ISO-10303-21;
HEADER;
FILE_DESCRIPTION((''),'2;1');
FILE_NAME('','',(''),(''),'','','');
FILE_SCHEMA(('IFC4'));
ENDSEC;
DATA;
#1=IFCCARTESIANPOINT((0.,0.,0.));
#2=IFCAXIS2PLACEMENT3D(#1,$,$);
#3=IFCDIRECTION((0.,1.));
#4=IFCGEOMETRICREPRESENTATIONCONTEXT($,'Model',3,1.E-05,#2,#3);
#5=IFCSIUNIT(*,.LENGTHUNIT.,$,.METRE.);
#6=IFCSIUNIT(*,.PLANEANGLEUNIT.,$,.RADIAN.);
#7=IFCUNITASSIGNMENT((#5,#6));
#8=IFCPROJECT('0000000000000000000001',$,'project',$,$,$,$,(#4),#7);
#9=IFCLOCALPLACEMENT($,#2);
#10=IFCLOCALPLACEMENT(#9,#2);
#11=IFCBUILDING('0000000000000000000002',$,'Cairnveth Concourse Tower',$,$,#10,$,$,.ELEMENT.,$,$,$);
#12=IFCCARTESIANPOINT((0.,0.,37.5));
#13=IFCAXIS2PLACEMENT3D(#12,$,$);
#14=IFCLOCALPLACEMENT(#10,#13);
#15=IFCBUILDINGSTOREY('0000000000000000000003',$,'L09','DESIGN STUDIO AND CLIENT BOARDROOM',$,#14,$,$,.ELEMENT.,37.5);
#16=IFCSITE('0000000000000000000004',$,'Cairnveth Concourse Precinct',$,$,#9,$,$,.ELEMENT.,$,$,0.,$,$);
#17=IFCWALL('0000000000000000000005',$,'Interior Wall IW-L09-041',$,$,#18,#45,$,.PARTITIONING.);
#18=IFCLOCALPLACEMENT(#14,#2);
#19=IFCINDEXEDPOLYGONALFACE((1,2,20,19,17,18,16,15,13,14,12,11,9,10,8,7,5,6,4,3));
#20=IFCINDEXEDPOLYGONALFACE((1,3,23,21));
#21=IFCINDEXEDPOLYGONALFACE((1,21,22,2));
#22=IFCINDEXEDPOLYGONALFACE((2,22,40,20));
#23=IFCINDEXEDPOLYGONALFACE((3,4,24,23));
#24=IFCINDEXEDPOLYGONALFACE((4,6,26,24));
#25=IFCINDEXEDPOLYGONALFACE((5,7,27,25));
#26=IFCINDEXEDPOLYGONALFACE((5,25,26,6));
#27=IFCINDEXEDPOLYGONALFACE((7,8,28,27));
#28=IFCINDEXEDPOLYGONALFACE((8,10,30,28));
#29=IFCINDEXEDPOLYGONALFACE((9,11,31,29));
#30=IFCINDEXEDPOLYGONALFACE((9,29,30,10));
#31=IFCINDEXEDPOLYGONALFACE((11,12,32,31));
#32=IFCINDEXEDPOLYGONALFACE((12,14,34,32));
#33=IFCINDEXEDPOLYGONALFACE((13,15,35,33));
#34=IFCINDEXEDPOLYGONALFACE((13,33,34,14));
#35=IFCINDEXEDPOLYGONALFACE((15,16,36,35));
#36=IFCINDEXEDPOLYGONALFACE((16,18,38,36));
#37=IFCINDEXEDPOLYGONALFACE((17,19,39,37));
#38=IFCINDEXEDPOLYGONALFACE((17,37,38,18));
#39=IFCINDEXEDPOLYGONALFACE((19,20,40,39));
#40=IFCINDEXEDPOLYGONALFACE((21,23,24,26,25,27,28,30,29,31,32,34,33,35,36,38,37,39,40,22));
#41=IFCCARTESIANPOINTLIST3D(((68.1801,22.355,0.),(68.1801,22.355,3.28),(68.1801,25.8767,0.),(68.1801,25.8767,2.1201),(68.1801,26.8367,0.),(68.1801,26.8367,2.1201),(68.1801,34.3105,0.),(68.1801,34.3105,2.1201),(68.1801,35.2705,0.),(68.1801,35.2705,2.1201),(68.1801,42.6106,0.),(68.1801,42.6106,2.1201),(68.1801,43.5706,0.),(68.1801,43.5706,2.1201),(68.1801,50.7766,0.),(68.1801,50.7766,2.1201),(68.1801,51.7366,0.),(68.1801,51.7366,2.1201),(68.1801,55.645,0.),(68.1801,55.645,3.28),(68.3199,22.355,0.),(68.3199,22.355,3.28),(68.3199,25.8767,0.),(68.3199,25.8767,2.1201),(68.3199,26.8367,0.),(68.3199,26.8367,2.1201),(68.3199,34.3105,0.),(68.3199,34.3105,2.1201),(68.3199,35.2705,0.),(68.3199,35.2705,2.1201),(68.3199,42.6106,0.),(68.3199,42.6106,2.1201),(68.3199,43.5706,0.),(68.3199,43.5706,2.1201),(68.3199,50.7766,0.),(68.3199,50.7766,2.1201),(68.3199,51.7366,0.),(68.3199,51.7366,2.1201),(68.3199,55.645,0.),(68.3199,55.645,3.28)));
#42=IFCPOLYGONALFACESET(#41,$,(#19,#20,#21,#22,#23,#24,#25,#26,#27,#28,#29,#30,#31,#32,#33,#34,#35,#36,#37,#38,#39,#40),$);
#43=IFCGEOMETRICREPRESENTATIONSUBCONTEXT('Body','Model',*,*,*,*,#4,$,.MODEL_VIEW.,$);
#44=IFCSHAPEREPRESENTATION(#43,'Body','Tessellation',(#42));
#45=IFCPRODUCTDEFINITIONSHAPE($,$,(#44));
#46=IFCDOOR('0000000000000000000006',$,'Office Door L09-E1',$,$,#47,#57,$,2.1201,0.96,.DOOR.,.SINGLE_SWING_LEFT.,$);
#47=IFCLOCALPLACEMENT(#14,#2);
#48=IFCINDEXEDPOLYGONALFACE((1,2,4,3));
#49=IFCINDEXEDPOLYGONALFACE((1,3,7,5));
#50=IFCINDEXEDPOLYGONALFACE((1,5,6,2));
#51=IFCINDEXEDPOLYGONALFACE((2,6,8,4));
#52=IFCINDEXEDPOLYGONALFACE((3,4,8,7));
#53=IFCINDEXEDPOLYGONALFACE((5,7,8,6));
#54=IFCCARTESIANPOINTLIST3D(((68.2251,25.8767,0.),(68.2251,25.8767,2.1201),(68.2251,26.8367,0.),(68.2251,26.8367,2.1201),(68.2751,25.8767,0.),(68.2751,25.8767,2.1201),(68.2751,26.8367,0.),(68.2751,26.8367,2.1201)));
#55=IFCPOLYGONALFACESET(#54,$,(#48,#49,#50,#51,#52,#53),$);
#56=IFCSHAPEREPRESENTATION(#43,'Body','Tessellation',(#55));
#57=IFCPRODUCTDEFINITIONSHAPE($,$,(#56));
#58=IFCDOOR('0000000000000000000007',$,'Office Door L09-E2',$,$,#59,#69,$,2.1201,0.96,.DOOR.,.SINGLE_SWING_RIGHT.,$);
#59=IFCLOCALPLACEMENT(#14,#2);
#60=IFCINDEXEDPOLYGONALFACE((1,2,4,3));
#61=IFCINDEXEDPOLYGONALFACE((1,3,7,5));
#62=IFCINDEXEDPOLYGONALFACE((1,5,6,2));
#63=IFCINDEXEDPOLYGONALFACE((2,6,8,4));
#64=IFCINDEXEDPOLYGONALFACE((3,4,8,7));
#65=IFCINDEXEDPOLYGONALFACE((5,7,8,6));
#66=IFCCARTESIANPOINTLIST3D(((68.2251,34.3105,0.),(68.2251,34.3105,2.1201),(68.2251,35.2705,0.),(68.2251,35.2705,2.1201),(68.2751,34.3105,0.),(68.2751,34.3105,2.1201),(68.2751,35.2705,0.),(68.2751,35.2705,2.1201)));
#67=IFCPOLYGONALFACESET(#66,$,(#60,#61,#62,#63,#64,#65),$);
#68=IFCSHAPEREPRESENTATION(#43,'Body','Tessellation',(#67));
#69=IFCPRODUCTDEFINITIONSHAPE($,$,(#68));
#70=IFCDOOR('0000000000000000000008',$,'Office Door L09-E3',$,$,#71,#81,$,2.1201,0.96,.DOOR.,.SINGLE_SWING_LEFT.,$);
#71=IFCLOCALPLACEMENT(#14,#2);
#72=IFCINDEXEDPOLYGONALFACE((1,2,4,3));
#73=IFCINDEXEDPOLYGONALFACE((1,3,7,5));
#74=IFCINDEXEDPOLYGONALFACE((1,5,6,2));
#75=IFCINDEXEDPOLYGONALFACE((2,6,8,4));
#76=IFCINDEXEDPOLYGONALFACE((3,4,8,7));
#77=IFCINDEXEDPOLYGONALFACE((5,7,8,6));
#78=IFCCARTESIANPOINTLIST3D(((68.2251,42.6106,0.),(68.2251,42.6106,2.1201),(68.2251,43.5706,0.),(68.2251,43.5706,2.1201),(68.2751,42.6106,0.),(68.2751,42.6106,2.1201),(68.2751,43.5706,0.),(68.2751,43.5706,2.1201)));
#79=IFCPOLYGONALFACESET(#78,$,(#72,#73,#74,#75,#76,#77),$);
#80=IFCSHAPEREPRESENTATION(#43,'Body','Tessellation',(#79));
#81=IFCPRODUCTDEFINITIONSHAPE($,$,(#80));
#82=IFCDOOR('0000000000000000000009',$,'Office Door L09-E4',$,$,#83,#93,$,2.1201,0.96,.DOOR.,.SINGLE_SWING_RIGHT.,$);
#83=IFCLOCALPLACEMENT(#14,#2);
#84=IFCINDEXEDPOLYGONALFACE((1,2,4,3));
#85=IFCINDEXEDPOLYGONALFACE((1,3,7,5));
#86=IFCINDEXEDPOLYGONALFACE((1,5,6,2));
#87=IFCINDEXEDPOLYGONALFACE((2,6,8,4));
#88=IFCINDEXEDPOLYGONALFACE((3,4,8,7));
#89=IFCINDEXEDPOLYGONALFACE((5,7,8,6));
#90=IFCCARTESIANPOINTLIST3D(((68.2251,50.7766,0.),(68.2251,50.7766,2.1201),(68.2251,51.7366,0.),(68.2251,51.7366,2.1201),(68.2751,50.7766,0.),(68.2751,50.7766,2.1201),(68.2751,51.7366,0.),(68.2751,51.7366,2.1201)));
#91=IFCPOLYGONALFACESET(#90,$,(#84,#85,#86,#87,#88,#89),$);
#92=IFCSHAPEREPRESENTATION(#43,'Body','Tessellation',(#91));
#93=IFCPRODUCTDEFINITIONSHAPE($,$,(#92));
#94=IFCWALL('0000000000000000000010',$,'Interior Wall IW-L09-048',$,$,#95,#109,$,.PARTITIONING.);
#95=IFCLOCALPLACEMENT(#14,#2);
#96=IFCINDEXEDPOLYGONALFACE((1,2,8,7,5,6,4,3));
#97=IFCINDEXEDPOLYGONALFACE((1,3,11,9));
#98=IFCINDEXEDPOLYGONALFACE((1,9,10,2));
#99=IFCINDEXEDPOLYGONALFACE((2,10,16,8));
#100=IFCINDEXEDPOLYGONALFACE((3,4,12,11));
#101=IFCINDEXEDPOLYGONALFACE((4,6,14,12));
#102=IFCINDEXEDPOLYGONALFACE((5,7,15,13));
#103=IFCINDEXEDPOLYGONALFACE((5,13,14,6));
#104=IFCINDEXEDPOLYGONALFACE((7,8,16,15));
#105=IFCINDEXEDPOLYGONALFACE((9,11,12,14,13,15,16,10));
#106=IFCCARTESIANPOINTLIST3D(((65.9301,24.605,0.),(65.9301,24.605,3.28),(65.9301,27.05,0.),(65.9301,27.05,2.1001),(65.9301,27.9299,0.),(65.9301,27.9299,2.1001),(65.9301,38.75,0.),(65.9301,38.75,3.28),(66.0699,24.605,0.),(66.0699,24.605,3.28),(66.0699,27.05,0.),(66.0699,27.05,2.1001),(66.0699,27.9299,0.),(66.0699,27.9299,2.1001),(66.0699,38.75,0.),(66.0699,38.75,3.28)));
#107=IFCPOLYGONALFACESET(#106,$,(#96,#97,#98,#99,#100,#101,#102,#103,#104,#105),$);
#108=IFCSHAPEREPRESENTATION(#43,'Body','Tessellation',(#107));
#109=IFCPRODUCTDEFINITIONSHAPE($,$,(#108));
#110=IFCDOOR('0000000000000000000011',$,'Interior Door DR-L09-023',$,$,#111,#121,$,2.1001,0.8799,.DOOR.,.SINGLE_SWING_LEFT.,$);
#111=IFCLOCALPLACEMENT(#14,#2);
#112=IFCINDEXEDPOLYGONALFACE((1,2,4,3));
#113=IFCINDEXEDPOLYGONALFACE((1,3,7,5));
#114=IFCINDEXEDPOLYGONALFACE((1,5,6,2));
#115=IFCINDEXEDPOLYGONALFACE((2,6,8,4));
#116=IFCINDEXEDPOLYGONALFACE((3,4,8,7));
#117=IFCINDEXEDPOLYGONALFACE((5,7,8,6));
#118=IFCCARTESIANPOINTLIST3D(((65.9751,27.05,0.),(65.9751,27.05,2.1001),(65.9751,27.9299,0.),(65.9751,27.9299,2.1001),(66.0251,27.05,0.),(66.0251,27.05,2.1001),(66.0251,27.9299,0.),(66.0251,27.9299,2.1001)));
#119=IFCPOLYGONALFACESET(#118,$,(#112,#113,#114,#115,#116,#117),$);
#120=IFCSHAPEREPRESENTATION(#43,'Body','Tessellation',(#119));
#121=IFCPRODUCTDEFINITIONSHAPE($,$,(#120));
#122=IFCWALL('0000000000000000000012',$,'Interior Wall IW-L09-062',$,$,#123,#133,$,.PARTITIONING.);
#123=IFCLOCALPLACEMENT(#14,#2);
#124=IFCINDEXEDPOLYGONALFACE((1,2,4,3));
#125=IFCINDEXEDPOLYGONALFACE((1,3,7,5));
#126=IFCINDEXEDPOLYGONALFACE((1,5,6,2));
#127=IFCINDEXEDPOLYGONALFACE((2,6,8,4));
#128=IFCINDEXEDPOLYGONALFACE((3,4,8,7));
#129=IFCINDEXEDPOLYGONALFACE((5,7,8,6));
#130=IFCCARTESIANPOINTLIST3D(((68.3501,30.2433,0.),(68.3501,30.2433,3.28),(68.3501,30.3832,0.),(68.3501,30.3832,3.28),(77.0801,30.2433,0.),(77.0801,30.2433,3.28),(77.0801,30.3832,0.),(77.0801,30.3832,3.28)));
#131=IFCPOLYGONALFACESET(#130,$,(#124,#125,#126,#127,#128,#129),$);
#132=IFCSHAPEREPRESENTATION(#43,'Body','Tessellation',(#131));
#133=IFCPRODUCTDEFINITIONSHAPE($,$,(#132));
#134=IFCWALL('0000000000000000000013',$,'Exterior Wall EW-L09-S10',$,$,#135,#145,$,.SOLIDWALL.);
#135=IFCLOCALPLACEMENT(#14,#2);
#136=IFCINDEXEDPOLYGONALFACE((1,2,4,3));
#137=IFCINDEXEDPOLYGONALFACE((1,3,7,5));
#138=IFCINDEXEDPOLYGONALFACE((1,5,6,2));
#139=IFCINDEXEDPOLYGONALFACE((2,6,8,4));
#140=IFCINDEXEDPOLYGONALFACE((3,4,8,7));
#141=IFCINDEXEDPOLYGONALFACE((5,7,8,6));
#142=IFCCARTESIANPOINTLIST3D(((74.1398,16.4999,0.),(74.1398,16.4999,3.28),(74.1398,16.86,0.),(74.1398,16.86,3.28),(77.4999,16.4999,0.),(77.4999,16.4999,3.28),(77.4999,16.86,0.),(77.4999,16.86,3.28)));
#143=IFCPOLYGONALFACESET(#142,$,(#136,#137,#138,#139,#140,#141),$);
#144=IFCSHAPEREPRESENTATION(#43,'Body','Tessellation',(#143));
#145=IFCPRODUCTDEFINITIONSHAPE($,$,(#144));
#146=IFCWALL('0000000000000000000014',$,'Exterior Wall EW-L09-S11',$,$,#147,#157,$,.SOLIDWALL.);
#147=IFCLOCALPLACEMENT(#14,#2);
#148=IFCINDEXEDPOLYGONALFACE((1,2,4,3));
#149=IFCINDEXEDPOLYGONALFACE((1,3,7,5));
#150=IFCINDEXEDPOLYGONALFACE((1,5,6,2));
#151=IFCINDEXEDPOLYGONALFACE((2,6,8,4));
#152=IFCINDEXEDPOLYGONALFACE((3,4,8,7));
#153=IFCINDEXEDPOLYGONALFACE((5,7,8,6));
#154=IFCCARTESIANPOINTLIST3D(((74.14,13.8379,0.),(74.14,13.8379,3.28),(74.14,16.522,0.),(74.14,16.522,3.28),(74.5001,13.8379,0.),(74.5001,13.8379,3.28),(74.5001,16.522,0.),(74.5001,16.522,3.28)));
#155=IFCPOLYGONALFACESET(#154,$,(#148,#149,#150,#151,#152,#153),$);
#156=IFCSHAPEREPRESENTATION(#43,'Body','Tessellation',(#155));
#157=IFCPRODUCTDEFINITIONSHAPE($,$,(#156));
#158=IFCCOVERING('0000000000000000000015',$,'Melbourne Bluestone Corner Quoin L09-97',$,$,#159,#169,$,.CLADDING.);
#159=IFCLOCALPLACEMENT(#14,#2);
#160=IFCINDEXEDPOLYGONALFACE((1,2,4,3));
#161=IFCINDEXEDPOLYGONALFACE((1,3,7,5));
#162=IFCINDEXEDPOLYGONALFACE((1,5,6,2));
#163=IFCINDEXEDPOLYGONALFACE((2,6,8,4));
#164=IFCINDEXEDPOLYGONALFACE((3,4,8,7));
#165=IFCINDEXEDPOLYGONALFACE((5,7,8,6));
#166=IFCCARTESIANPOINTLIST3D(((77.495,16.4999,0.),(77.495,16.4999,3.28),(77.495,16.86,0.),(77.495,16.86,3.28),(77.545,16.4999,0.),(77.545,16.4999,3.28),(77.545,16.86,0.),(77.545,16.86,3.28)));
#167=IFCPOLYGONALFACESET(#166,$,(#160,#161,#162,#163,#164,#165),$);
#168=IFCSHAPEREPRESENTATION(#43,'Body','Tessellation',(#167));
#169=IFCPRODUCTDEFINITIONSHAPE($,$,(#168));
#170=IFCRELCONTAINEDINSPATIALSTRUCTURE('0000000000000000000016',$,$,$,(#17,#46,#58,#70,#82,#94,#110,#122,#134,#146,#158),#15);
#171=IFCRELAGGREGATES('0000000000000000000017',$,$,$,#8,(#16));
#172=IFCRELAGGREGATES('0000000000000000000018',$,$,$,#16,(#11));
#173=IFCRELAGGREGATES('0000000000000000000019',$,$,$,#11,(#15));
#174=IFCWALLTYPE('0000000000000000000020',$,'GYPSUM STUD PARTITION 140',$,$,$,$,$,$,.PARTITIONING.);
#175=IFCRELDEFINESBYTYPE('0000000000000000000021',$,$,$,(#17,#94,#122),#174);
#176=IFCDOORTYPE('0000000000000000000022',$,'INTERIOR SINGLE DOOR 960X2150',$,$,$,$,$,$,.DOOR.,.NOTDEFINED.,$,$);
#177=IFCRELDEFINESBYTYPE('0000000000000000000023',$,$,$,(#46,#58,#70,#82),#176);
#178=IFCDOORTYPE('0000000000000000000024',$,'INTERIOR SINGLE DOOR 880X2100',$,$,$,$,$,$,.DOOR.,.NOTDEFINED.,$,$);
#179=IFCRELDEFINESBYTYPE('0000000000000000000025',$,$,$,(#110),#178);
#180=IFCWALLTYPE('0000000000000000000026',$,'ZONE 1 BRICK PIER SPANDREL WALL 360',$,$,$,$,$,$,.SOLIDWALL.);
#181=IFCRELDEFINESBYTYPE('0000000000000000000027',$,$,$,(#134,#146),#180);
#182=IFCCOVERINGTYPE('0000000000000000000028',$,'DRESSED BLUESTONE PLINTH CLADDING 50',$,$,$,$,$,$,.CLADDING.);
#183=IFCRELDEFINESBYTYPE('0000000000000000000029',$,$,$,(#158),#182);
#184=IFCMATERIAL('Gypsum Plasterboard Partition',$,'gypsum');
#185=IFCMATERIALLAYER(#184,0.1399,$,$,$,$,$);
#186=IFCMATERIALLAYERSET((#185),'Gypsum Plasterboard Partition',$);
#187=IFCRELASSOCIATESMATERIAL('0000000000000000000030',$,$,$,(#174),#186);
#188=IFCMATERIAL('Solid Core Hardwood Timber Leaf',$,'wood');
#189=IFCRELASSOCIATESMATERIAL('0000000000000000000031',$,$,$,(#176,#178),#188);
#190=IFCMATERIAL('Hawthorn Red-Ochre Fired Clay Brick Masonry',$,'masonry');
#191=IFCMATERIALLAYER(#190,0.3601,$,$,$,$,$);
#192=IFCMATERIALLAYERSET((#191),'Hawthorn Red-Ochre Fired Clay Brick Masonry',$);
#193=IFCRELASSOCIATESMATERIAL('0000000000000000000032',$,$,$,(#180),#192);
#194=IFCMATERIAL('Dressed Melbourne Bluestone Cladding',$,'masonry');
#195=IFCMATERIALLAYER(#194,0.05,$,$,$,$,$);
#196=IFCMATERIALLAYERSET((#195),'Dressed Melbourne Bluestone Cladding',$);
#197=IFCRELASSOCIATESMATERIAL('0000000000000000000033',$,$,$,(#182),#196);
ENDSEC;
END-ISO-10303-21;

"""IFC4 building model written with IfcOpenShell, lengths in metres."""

from ifc_helpers import new_model, si_unit, direction, frame, frame_2d, origin, place, context, subcontext, project, spatial, rectangle, extrude, material, layer, layer_set, type_object, element, fill, save


model = new_model("IFC4")

# Units and contexts
model_context = context("Model", 3, precision=1e-05, world=origin(), true_north=direction((0.0, 1.0)))
body_context = subcontext(model_context, "Body", "Model", "MODEL_VIEW")
ifc_project = project(units=[si_unit("LENGTHUNIT", "METRE"), si_unit("PLANEANGLEUNIT", "RADIAN")], contexts=[model_context])

# Site, building, storey
site_placement = place(None, origin())
site = spatial("IfcSite", under=ifc_project, at=site_placement, Name="Cairnveth Concourse Precinct", CompositionType="ELEMENT", RefElevation=0.0)
building_placement = place(site_placement, origin())
building = spatial("IfcBuilding", under=site, at=building_placement, Name="Cairnveth Concourse Tower", CompositionType="ELEMENT")
storey_placement = place(building_placement, frame((0.0, 0.0, 37.5)))
storey = spatial("IfcBuildingStorey", under=building, at=storey_placement, Name="L09", Description="DESIGN STUDIO AND CLIENT BOARDROOM", CompositionType="ELEMENT", Elevation=37.5)

# Wall, openings, doors
ifc_material_1 = material(Name="Gypsum Plasterboard Partition", Category="gypsum")
ifc_layer_1 = layer(ifc_material_1, 0.1399)
ifc_layer_set_1 = layer_set([ifc_layer_1], Name="Gypsum Plasterboard Partition")
wall_type_1 = type_object("IfcWallType", Name="GYPSUM STUD PARTITION 140", PredefinedType="PARTITIONING", material=ifc_layer_set_1)
wall_1_placement = place(storey_placement, frame((68.25, 22.355, 0.0), z_axis=(0.0, 0.0, 1.0), x_axis=(0.0, 1.0, 0.0)))
wall_1 = element("IfcWall", 1, at=wall_1_placement, inside=storey, type_object=wall_type_1, Name="Interior Wall IW-L09-041", PredefinedType="PARTITIONING", context=body_context, shape_type="SweptSolid", body=[
    extrude(rectangle(XDim=33.29, YDim=0.1399, at=frame_2d((16.645, 0.0))), origin(), (0.0, 0.0, 1.0), 3.28),
])
opening_1_placement = place(wall_1_placement, frame((3.5217, 0.0, 0.0)))
opening_1 = element("IfcOpeningElement", 2, at=opening_1_placement, cuts=wall_1, PredefinedType="OPENING", context=body_context, shape_type="SweptSolid", body=[
    extrude(rectangle(XDim=0.96, YDim=2.1201, at=frame_2d((0.48, 1.0601))), frame((0.0, 0.0798, 0.0), z_axis=(0.0, -1.0, 0.0), x_axis=(1.0, 0.0, 0.0)), (0.0, 0.0, 1.0), 0.1599),
])
opening_2_placement = place(wall_1_placement, frame((11.9556, 0.0, 0.0)))
opening_2 = element("IfcOpeningElement", 3, at=opening_2_placement, cuts=wall_1, PredefinedType="OPENING", context=body_context, shape_type="SweptSolid", body=[
    extrude(rectangle(XDim=0.96, YDim=2.1201, at=frame_2d((0.48, 1.0601))), frame((0.0, 0.0798, 0.0), z_axis=(0.0, -1.0, 0.0), x_axis=(1.0, 0.0, 0.0)), (0.0, 0.0, 1.0), 0.1599),
])
opening_3_placement = place(wall_1_placement, frame((20.2556, 0.0, 0.0)))
opening_3 = element("IfcOpeningElement", 4, at=opening_3_placement, cuts=wall_1, PredefinedType="OPENING", context=body_context, shape_type="SweptSolid", body=[
    extrude(rectangle(XDim=0.96, YDim=2.1201, at=frame_2d((0.48, 1.0601))), frame((0.0, 0.0798, 0.0), z_axis=(0.0, -1.0, 0.0), x_axis=(1.0, 0.0, 0.0)), (0.0, 0.0, 1.0), 0.1599),
])
opening_4_placement = place(wall_1_placement, frame((28.4216, 0.0, 0.0)))
opening_4 = element("IfcOpeningElement", 5, at=opening_4_placement, cuts=wall_1, PredefinedType="OPENING", context=body_context, shape_type="SweptSolid", body=[
    extrude(rectangle(XDim=0.96, YDim=2.1201, at=frame_2d((0.48, 1.0601))), frame((0.0, 0.0798, 0.0), z_axis=(0.0, -1.0, 0.0), x_axis=(1.0, 0.0, 0.0)), (0.0, 0.0, 1.0), 0.1599),
])
ifc_material_2 = material(Name="Solid Core Hardwood Timber Leaf", Category="wood")
door_type_1 = type_object("IfcDoorType", Name="INTERIOR SINGLE DOOR 960X2150", OperationType="NOTDEFINED", PredefinedType="DOOR", material=ifc_material_2)
door_1_placement = place(opening_1_placement, origin())
door_1 = element("IfcDoor", 6, at=door_1_placement, inside=storey, type_object=door_type_1, Name="Office Door L09-E1", OperationType="SINGLE_SWING_LEFT", OverallHeight=2.1201, OverallWidth=0.96, PredefinedType="DOOR", context=body_context, shape_type="SweptSolid", body=[
    extrude(rectangle(XDim=0.96, YDim=2.1201, at=frame_2d((0.48, 1.0601))), frame((0.0, 0.0249, 0.0), z_axis=(0.0, -1.0, 0.0), x_axis=(1.0, 0.0, 0.0)), (0.0, 0.0, 1.0), 0.05),
])
fill(opening_1, door_1)
door_2_placement = place(opening_2_placement, origin())
door_2 = element("IfcDoor", 7, at=door_2_placement, inside=storey, type_object=door_type_1, Name="Office Door L09-E2", OperationType="SINGLE_SWING_RIGHT", OverallHeight=2.1201, OverallWidth=0.96, PredefinedType="DOOR", context=body_context, shape_type="SweptSolid", body=[
    extrude(rectangle(XDim=0.96, YDim=2.1201, at=frame_2d((0.48, 1.0601))), frame((0.0, 0.0249, 0.0), z_axis=(0.0, -1.0, 0.0), x_axis=(1.0, 0.0, 0.0)), (0.0, 0.0, 1.0), 0.05),
])
fill(opening_2, door_2)
door_3_placement = place(opening_3_placement, origin())
door_3 = element("IfcDoor", 8, at=door_3_placement, inside=storey, type_object=door_type_1, Name="Office Door L09-E3", OperationType="SINGLE_SWING_LEFT", OverallHeight=2.1201, OverallWidth=0.96, PredefinedType="DOOR", context=body_context, shape_type="SweptSolid", body=[
    extrude(rectangle(XDim=0.96, YDim=2.1201, at=frame_2d((0.48, 1.0601))), frame((0.0, 0.0249, 0.0), z_axis=(0.0, -1.0, 0.0), x_axis=(1.0, 0.0, 0.0)), (0.0, 0.0, 1.0), 0.05),
])
fill(opening_3, door_3)
door_4_placement = place(opening_4_placement, origin())
door_4 = element("IfcDoor", 9, at=door_4_placement, inside=storey, type_object=door_type_1, Name="Office Door L09-E4", OperationType="SINGLE_SWING_RIGHT", OverallHeight=2.1201, OverallWidth=0.96, PredefinedType="DOOR", context=body_context, shape_type="SweptSolid", body=[
    extrude(rectangle(XDim=0.96, YDim=2.1201, at=frame_2d((0.48, 1.0601))), frame((0.0, 0.0249, 0.0), z_axis=(0.0, -1.0, 0.0), x_axis=(1.0, 0.0, 0.0)), (0.0, 0.0, 1.0), 0.05),
])
fill(opening_4, door_4)

# Wall, opening, door
wall_2_placement = place(storey_placement, frame((66.0, 24.605, 0.0), z_axis=(0.0, 0.0, 1.0), x_axis=(0.0, 1.0, 0.0)))
wall_2 = element("IfcWall", 10, at=wall_2_placement, inside=storey, type_object=wall_type_1, Name="Interior Wall IW-L09-048", PredefinedType="PARTITIONING", context=body_context, shape_type="SweptSolid", body=[
    extrude(rectangle(XDim=14.145, YDim=0.1399, at=frame_2d((7.0725, 0.0))), origin(), (0.0, 0.0, 1.0), 3.28),
])
opening_5_placement = place(wall_2_placement, frame((2.4451, 0.0, 0.0)))
opening_5 = element("IfcOpeningElement", 11, at=opening_5_placement, cuts=wall_2, PredefinedType="OPENING", context=body_context, shape_type="SweptSolid", body=[
    extrude(rectangle(XDim=0.8799, YDim=2.1001, at=frame_2d((0.4399, 1.05))), frame((0.0, 0.0798, 0.0), z_axis=(0.0, -1.0, 0.0), x_axis=(1.0, 0.0, 0.0)), (0.0, 0.0, 1.0), 0.1599),
])
door_type_2 = type_object("IfcDoorType", Name="INTERIOR SINGLE DOOR 880X2100", OperationType="NOTDEFINED", PredefinedType="DOOR", material=ifc_material_2)
door_5_placement = place(opening_5_placement, origin())
door_5 = element("IfcDoor", 12, at=door_5_placement, inside=storey, type_object=door_type_2, Name="Interior Door DR-L09-023", OperationType="SINGLE_SWING_LEFT", OverallHeight=2.1001, OverallWidth=0.8799, PredefinedType="DOOR", context=body_context, shape_type="SweptSolid", body=[
    extrude(rectangle(XDim=0.8799, YDim=2.1001, at=frame_2d((0.4399, 1.05))), frame((0.0, 0.0249, 0.0), z_axis=(0.0, -1.0, 0.0), x_axis=(1.0, 0.0, 0.0)), (0.0, 0.0, 1.0), 0.05),
])
fill(opening_5, door_5)

# Walls
wall_3_placement = place(storey_placement, frame((68.3501, 30.3132, 0.0), z_axis=(0.0, 0.0, 1.0), x_axis=(1.0, 0.0, 0.0)))
element("IfcWall", 13, at=wall_3_placement, inside=storey, type_object=wall_type_1, Name="Interior Wall IW-L09-062", PredefinedType="PARTITIONING", context=body_context, shape_type="SweptSolid", body=[
    extrude(rectangle(XDim=8.73, YDim=0.1399, at=frame_2d((4.365, 0.0))), origin(), (0.0, 0.0, 1.0), 3.28),
])
ifc_material_3 = material(Name="Hawthorn Red-Ochre Fired Clay Brick Masonry", Category="masonry")
ifc_layer_2 = layer(ifc_material_3, 0.3601)
ifc_layer_set_2 = layer_set([ifc_layer_2], Name="Hawthorn Red-Ochre Fired Clay Brick Masonry")
wall_type_2 = type_object("IfcWallType", Name="ZONE 1 BRICK PIER SPANDREL WALL 360", PredefinedType="SOLIDWALL", material=ifc_layer_set_2)
wall_4_placement = place(storey_placement, frame((77.5, 16.6799, 0.0), z_axis=(0.0, 0.0, 1.0), x_axis=(-1.0, 0.0, 0.0)))
element("IfcWall", 14, at=wall_4_placement, inside=storey, type_object=wall_type_2, Name="Exterior Wall EW-L09-S10", PredefinedType="SOLIDWALL", context=body_context, shape_type="SweptSolid", body=[
    extrude(rectangle(XDim=3.3601, YDim=0.3601, at=frame_2d((1.6802, 0.0))), origin(), (0.0, 0.0, 1.0), 3.28),
])
wall_5_placement = place(storey_placement, frame((74.3201, 16.522, 0.0), z_axis=(0.0, 0.0, 1.0), x_axis=(0.0, -1.0, 0.0)))
element("IfcWall", 15, at=wall_5_placement, inside=storey, type_object=wall_type_2, Name="Exterior Wall EW-L09-S11", PredefinedType="SOLIDWALL", context=body_context, shape_type="SweptSolid", body=[
    extrude(rectangle(XDim=2.6841, YDim=0.3601, at=frame_2d((1.342, 0.0))), origin(), (0.0, 0.0, 1.0), 3.28),
])

# Covering
ifc_material_4 = material(Name="Dressed Melbourne Bluestone Cladding", Category="masonry")
ifc_layer_3 = layer(ifc_material_4, 0.05)
ifc_layer_set_3 = layer_set([ifc_layer_3], Name="Dressed Melbourne Bluestone Cladding")
covering_type = type_object("IfcCoveringType", Name="DRESSED BLUESTONE PLINTH CLADDING 50", PredefinedType="CLADDING", material=ifc_layer_set_3)
for number, where, z_axis, x_axis, name in (
    (16, (77.52, 16.8601, 0.0), (0.0, 0.0, 1.0), (0.0, -1.0, 0.0), "Melbourne Bluestone Corner Quoin L09-97"),
):
    element("IfcCovering", number, at=place(storey_placement, frame(where, z_axis=z_axis, x_axis=x_axis)), inside=storey, type_object=covering_type, Name=name, PredefinedType="CLADDING", context=body_context, shape_type="SweptSolid", body=[
        extrude(rectangle(XDim=0.3601, YDim=0.05, at=frame_2d((0.1802, 0.0))), origin(), (0.0, 0.0, 1.0), 3.28),
    ])

save(model, "model.ifc")
